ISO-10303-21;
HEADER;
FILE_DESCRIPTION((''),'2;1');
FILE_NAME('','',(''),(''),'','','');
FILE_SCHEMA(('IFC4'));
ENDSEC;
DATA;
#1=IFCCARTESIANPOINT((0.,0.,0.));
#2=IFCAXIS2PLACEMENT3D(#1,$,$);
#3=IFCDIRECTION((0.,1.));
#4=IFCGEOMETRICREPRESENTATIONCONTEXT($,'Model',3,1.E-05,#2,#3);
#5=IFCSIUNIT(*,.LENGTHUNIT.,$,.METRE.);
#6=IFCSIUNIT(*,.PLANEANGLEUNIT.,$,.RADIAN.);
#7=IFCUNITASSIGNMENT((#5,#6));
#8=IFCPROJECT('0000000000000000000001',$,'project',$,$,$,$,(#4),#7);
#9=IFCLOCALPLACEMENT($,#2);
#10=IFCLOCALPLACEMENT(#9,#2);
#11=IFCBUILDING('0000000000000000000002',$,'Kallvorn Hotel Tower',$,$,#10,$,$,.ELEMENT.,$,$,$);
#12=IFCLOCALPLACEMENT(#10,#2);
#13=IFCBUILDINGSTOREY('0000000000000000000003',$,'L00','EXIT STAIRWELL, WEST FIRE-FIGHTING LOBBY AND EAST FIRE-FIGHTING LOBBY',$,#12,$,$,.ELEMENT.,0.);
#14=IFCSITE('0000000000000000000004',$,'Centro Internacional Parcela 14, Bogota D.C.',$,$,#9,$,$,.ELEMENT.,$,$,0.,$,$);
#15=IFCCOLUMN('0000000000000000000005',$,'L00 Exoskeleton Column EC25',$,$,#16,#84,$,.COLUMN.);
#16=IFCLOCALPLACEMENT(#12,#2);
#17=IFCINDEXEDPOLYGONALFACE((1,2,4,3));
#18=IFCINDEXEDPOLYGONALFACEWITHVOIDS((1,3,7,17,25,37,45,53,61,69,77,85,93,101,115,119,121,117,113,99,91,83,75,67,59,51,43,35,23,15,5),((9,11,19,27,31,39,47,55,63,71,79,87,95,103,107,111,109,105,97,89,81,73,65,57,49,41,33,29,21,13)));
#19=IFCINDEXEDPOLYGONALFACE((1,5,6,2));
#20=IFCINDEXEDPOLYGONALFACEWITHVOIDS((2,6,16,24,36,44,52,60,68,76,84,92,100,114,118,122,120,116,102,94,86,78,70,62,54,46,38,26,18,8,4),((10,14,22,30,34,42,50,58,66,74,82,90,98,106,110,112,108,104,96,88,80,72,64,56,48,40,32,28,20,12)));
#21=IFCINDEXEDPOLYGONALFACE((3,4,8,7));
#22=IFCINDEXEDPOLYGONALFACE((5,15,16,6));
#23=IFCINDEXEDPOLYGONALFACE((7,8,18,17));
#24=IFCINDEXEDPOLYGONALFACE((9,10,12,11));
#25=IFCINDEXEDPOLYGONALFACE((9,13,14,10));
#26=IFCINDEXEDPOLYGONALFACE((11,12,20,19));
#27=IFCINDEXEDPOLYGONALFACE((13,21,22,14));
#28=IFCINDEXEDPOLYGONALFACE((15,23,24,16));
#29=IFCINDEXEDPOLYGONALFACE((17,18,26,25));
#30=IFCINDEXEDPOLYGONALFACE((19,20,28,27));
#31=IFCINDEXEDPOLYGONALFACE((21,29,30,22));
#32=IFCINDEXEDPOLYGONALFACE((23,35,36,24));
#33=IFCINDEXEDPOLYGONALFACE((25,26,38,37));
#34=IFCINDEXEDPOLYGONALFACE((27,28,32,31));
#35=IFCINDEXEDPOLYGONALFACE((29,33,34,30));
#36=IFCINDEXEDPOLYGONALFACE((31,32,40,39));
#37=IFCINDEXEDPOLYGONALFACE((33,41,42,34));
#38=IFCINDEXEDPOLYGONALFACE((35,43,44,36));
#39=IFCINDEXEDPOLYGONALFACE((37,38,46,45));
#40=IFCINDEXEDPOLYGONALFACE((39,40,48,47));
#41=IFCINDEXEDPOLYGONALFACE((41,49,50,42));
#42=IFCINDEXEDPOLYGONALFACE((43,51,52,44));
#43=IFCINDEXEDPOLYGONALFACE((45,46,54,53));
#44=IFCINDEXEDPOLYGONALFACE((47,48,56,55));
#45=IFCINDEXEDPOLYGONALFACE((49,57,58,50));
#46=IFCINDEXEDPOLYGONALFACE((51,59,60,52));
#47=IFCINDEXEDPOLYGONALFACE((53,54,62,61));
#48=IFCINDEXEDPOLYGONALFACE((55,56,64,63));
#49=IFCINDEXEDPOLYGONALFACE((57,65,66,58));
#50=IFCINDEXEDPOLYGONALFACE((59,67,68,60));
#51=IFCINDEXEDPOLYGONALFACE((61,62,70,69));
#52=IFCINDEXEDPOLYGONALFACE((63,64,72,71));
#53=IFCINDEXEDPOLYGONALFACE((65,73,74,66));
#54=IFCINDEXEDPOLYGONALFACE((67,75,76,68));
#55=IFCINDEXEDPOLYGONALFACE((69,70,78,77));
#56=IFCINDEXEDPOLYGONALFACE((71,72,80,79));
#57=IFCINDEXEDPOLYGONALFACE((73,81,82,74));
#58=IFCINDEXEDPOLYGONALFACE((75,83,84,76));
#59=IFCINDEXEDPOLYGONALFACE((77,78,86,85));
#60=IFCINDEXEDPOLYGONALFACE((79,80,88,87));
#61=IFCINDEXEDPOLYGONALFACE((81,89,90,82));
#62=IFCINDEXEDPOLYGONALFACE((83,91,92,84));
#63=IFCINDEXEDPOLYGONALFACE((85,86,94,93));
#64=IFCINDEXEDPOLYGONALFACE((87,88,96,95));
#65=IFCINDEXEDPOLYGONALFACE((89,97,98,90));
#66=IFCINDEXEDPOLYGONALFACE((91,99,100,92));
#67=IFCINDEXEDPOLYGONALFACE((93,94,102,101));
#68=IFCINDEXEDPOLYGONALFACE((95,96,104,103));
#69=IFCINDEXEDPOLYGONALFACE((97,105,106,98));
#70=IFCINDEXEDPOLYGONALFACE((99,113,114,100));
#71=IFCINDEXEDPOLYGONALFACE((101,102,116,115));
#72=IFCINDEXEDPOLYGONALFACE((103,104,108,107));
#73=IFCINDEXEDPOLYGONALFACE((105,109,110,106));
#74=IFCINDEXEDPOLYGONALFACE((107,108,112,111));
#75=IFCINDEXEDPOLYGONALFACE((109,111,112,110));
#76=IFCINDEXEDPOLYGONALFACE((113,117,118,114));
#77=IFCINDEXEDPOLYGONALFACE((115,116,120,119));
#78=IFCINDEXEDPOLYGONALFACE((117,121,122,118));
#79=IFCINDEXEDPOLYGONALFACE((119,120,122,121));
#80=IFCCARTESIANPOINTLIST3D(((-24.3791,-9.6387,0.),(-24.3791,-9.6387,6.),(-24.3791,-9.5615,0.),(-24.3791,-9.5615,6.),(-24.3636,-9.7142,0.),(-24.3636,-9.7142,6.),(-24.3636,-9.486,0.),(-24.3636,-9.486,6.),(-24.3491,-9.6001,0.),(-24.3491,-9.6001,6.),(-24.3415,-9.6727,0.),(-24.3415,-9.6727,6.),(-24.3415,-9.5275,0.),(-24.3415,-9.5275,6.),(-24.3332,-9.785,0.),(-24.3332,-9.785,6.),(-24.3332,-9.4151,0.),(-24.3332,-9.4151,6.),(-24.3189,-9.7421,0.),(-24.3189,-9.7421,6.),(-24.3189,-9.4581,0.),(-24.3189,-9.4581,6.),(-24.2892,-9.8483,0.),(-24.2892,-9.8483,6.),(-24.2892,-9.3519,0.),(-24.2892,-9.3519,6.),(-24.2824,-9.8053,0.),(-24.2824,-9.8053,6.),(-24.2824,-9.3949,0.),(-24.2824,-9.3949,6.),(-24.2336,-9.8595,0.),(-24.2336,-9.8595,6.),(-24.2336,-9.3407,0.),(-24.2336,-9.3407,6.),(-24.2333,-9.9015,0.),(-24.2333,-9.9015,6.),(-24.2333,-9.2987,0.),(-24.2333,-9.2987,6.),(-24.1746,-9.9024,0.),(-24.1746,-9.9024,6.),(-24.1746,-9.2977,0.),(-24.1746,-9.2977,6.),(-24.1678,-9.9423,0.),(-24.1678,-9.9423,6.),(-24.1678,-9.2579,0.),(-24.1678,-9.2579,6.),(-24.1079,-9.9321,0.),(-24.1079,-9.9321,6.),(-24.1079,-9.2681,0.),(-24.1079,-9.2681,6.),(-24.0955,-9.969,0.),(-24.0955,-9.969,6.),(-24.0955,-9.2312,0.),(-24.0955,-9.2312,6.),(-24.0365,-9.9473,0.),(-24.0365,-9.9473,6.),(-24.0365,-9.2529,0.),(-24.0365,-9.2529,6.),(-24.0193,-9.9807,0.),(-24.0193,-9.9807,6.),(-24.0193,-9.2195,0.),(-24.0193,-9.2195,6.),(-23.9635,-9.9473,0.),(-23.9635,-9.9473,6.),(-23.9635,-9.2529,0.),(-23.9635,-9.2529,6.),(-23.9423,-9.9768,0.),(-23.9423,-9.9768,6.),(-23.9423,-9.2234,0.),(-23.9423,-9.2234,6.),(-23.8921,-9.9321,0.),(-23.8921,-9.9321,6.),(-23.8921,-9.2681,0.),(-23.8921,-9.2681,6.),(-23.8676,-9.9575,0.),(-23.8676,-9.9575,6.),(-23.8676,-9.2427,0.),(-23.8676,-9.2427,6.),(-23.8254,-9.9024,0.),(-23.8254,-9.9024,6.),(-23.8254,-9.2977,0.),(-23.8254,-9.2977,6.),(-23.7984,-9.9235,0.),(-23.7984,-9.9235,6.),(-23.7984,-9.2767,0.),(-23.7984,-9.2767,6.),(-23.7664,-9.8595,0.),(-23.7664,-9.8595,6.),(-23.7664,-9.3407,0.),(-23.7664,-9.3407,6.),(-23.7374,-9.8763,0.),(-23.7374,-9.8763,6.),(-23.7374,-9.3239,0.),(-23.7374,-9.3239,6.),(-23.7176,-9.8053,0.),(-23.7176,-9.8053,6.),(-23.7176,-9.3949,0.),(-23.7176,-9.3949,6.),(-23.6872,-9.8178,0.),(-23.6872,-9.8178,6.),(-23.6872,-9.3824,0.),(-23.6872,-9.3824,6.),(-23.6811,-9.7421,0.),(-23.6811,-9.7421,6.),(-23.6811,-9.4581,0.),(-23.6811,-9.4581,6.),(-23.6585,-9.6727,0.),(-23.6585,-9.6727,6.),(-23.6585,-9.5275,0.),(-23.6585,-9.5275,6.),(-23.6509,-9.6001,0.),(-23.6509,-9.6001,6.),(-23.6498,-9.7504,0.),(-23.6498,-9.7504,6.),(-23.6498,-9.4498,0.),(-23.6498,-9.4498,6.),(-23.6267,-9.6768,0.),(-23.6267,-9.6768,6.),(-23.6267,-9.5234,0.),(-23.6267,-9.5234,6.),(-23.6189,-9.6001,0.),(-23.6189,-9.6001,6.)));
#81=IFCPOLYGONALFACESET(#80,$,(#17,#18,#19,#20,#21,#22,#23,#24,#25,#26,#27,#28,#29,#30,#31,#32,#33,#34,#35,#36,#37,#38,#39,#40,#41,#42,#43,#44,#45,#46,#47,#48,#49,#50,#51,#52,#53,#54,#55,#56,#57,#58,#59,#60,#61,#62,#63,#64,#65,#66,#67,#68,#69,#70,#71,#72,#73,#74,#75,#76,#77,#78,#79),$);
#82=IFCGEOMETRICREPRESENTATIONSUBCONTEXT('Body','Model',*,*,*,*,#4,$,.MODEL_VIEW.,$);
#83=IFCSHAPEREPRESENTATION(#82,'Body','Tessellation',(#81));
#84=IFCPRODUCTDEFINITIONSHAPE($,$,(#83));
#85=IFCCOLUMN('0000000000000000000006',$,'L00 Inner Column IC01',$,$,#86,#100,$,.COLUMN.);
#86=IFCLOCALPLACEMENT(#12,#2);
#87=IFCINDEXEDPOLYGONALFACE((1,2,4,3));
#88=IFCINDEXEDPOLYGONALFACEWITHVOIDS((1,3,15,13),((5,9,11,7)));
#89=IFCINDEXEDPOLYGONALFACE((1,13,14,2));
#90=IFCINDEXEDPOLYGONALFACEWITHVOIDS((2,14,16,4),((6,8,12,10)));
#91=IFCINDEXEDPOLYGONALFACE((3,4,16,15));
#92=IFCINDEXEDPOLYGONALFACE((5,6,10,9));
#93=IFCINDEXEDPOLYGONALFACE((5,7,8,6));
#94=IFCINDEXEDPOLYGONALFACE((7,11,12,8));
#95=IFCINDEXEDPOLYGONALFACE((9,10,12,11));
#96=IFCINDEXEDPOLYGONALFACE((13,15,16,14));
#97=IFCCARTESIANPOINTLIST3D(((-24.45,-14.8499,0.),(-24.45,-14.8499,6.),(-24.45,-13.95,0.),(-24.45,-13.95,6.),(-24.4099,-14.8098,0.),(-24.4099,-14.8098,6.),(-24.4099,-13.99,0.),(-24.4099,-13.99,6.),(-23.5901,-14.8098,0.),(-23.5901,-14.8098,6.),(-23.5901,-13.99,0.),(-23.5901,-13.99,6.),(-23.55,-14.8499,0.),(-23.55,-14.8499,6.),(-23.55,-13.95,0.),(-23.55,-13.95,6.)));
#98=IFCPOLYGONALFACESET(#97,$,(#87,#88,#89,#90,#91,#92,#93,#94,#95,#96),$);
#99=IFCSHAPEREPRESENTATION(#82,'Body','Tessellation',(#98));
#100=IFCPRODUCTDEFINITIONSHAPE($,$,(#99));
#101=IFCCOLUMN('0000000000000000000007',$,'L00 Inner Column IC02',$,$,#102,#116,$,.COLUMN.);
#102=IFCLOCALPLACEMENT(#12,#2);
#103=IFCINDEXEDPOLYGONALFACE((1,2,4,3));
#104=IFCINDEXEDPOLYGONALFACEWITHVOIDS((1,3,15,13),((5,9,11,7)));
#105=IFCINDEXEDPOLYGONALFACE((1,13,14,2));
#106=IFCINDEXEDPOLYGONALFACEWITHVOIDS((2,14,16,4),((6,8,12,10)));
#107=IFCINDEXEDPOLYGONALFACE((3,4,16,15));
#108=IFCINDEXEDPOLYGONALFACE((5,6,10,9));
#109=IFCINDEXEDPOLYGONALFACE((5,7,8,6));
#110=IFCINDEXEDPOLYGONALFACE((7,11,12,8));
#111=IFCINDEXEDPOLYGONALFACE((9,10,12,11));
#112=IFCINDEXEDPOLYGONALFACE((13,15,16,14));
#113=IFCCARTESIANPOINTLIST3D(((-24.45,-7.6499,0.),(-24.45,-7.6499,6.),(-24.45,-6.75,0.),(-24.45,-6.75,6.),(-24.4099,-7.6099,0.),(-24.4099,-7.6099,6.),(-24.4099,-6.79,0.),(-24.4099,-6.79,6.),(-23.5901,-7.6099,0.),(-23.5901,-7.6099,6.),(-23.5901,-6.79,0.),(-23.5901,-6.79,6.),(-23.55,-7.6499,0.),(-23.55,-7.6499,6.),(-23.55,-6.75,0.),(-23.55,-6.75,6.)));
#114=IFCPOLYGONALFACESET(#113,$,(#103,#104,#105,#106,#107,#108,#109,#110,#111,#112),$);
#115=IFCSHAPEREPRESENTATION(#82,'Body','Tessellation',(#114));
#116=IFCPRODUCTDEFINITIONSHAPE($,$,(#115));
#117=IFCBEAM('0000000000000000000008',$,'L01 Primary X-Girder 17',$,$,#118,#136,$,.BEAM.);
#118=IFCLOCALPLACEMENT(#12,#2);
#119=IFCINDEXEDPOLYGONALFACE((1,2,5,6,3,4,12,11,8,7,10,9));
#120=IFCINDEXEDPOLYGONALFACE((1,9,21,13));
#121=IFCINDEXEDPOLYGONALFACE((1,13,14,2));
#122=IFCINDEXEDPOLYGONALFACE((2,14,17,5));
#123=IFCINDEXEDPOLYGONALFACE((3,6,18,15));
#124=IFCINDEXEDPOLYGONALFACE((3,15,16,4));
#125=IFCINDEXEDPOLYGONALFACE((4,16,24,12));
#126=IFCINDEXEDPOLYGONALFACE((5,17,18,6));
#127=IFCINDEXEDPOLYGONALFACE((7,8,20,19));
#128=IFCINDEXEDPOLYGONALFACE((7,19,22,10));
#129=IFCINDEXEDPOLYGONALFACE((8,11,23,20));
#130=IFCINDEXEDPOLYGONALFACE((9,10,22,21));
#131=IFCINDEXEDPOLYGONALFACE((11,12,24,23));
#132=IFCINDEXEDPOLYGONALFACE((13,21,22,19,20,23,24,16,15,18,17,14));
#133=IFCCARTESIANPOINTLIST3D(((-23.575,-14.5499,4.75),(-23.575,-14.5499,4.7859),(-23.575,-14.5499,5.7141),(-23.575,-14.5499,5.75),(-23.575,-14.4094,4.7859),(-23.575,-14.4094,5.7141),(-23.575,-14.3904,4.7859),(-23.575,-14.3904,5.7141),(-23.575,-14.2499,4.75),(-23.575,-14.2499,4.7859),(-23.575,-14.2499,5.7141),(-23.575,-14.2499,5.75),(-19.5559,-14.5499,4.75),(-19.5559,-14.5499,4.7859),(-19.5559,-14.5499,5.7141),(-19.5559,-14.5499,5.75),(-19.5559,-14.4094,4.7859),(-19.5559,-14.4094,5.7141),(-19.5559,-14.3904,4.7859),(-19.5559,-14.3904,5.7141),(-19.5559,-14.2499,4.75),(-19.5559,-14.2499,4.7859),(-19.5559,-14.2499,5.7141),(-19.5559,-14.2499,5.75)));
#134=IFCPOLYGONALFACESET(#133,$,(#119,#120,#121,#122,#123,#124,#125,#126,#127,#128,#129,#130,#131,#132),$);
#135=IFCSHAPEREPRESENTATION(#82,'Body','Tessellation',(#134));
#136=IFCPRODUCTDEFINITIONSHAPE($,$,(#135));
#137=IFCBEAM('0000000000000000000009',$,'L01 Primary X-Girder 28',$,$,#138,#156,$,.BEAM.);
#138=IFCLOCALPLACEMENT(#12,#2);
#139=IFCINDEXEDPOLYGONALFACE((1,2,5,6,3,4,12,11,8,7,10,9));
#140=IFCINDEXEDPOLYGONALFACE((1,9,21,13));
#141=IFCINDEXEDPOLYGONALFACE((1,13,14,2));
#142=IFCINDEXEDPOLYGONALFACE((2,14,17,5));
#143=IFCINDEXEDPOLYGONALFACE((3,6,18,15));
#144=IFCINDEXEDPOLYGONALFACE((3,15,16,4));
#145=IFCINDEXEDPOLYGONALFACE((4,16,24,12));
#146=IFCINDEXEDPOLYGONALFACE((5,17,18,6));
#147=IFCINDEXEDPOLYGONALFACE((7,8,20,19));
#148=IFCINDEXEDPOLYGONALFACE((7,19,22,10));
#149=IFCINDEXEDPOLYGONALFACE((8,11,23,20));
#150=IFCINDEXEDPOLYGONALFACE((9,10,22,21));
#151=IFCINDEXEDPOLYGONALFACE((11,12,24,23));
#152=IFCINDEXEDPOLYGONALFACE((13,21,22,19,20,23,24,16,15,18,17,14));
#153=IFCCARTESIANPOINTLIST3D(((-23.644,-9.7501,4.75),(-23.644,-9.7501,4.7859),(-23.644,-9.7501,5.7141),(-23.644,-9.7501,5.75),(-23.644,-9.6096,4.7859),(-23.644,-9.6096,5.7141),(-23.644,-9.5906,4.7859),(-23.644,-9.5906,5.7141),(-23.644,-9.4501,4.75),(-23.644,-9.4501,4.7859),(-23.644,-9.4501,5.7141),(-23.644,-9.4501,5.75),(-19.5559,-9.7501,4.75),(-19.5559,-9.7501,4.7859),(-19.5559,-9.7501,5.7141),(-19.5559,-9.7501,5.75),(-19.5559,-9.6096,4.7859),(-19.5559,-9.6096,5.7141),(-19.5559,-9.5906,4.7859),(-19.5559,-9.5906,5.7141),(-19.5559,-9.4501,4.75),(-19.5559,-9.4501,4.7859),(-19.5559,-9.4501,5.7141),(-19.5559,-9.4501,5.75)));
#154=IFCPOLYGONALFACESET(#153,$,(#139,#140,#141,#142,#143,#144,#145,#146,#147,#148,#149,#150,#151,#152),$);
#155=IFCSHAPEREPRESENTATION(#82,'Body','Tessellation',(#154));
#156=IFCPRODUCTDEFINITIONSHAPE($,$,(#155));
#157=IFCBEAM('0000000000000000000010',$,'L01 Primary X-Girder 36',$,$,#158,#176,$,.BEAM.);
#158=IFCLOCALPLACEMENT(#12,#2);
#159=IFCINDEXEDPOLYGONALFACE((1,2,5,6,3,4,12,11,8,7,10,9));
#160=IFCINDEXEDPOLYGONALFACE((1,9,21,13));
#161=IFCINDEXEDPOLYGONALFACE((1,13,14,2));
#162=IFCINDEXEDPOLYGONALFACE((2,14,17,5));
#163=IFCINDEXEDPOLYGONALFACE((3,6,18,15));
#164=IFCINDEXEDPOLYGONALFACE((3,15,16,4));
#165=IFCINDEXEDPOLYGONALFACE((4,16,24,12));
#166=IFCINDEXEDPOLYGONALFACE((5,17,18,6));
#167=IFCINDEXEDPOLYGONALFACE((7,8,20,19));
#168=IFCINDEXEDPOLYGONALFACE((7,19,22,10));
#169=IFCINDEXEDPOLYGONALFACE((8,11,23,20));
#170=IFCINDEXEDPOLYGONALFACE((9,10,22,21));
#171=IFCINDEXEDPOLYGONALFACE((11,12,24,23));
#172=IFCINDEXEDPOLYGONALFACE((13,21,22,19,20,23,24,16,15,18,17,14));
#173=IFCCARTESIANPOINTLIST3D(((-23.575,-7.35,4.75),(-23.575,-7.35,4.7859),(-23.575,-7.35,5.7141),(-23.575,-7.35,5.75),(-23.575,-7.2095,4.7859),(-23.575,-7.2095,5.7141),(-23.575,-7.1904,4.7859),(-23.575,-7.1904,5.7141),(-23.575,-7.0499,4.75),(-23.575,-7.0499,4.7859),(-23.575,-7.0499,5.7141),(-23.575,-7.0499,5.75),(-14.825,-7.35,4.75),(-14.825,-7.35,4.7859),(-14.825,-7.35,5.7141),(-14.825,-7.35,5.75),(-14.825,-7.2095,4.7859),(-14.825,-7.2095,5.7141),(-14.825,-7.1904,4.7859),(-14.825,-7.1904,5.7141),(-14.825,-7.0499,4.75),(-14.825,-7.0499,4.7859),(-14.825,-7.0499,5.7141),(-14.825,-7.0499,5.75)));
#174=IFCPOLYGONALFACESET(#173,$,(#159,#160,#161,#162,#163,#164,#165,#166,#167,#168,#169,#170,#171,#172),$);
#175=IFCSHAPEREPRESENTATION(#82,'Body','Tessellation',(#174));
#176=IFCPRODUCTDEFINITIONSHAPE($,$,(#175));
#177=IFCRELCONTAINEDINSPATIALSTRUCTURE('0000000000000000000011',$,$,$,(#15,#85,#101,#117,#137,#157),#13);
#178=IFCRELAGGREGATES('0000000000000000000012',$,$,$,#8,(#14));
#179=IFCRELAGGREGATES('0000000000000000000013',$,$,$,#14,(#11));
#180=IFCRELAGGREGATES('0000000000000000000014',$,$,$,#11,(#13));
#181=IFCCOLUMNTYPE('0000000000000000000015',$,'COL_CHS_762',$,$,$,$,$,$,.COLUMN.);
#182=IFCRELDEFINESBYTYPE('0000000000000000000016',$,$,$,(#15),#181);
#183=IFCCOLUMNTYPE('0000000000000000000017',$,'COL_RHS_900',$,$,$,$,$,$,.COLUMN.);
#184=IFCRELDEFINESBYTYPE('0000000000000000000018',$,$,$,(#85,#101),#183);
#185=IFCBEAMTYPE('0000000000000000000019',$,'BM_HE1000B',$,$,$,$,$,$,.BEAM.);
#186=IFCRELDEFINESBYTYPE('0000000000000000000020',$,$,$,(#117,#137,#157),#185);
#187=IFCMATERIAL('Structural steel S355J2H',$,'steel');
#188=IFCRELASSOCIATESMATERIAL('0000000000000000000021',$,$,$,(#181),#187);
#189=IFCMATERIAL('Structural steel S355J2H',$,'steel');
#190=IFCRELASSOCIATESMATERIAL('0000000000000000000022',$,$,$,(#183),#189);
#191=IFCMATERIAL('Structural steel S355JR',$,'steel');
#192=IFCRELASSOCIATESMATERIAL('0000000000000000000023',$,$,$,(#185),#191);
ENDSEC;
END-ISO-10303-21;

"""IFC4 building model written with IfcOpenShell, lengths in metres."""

from ifc_helpers import new_model, si_unit, direction, frame, origin, origin_2d, place, context, subcontext, project, spatial, hollow_rectangle, hollow_circle, i_section, extrude, material, material_profile, profile_set, type_object, element, save


model = new_model("IFC4")

# Units and contexts
model_context = context("Model", 3, precision=1e-05, world=origin(), true_north=direction((0.0, 1.0)))
body_context = subcontext(model_context, "Body", "Model", "MODEL_VIEW")
ifc_project = project(units=[si_unit("LENGTHUNIT", "METRE"), si_unit("PLANEANGLEUNIT", "RADIAN")], contexts=[model_context])

# Site, building, storey
site_placement = place(None, origin())
site = spatial("IfcSite", under=ifc_project, at=site_placement, Name="Centro Internacional Parcela 14, Bogota D.C.", CompositionType="ELEMENT", RefElevation=0.0)
building_placement = place(site_placement, origin())
building = spatial("IfcBuilding", under=site, at=building_placement, Name="Kallvorn Hotel Tower", CompositionType="ELEMENT")
storey_placement = place(building_placement, origin())
storey = spatial("IfcBuildingStorey", under=building, at=storey_placement, Name="L00", Description="EXIT STAIRWELL, WEST FIRE-FIGHTING LOBBY AND EAST FIRE-FIGHTING LOBBY", CompositionType="ELEMENT", Elevation=0.0)

# Columns
ifc_material_1 = material(Name="Structural steel S355J2H", Category="steel")
ifc_material_profile_1 = material_profile(ifc_material_1, hollow_circle(Radius=0.3811, WallThickness=0.032, at=origin_2d()), Name="CHS 762x32")
ifc_profile_set_1 = profile_set([ifc_material_profile_1], Name="Structural steel S355J2H")
column_type_1 = type_object("IfcColumnType", Name="COL_CHS_762", PredefinedType="COLUMN", material=ifc_profile_set_1)
column_placement = place(storey_placement, frame((-24.0, -9.6001, 0.0), z_axis=(0.0, 0.0, 1.0), x_axis=(1.0, 0.0, 0.0)))
element("IfcColumn", 1, at=column_placement, inside=storey, type_object=column_type_1, Name="L00 Exoskeleton Column EC25", PredefinedType="COLUMN", context=body_context, shape_type="SweptSolid", body=[
    extrude(hollow_circle(Radius=0.3811, WallThickness=0.032, at=origin_2d()), origin(), (0.0, 0.0, 1.0), 6.0),
])
ifc_material_2 = material(Name="Structural steel S355J2H", Category="steel")
ifc_material_profile_2 = material_profile(ifc_material_2, hollow_rectangle(XDim=0.8999, YDim=0.8999, WallThickness=0.04, at=origin_2d()), Name="RHS 900x900x40")
ifc_profile_set_2 = profile_set([ifc_material_profile_2], Name="Structural steel S355J2H")
column_type_2 = type_object("IfcColumnType", Name="COL_RHS_900", PredefinedType="COLUMN", material=ifc_profile_set_2)
for number, where, z_axis, x_axis, name in (
    (2, (-24.0, -14.3999, 0.0), (0.0, 0.0, 1.0), (1.0, 0.0, 0.0), "L00 Inner Column IC01"),
    (3, (-24.0, -7.2, 0.0), (0.0, 0.0, 1.0), (1.0, 0.0, 0.0), "L00 Inner Column IC02"),
):
    element("IfcColumn", number, at=place(storey_placement, frame(where, z_axis=z_axis, x_axis=x_axis)), inside=storey, type_object=column_type_2, Name=name, PredefinedType="COLUMN", context=body_context, shape_type="SweptSolid", body=[
        extrude(hollow_rectangle(XDim=0.8999, YDim=0.8999, WallThickness=0.04, at=origin_2d()), origin(), (0.0, 0.0, 1.0), 6.0),
    ])

# Beams
ifc_material_3 = material(Name="Structural steel S355JR", Category="steel")
ifc_material_profile_3 = material_profile(ifc_material_3, i_section(OverallWidth=0.3, OverallDepth=1.0, WebThickness=0.019, FlangeThickness=0.0359, at=origin_2d()), Name="HE 1000 B")
ifc_profile_set_3 = profile_set([ifc_material_profile_3], Name="Structural steel S355JR")
beam_type_1 = type_object("IfcBeamType", Name="BM_HE1000B", PredefinedType="BEAM", material=ifc_profile_set_3)
beam_1_placement = place(storey_placement, frame((-23.575, -14.3999, 5.25), z_axis=(1.0, 0.0, 0.0), x_axis=(0.0, 1.0, 0.0)))
element("IfcBeam", 4, at=beam_1_placement, inside=storey, type_object=beam_type_1, Name="L01 Primary X-Girder 17", PredefinedType="BEAM", context=body_context, shape_type="SweptSolid", body=[
    extrude(i_section(OverallWidth=0.3, OverallDepth=1.0, WebThickness=0.019, FlangeThickness=0.0359, at=origin_2d()), origin(), (0.0, 0.0, 1.0), 4.019),
])
beam_2_placement = place(storey_placement, frame((-23.644, -9.6001, 5.25), z_axis=(1.0, 0.0, 0.0), x_axis=(0.0, 1.0, 0.0)))
element("IfcBeam", 5, at=beam_2_placement, inside=storey, type_object=beam_type_1, Name="L01 Primary X-Girder 28", PredefinedType="BEAM", context=body_context, shape_type="SweptSolid", body=[
    extrude(i_section(OverallWidth=0.3, OverallDepth=1.0, WebThickness=0.019, FlangeThickness=0.0359, at=origin_2d()), origin(), (0.0, 0.0, 1.0), 4.0881),
])
beam_3_placement = place(storey_placement, frame((-23.575, -7.2, 5.25), z_axis=(1.0, 0.0, 0.0), x_axis=(0.0, 1.0, 0.0)))
element("IfcBeam", 6, at=beam_3_placement, inside=storey, type_object=beam_type_1, Name="L01 Primary X-Girder 36", PredefinedType="BEAM", context=body_context, shape_type="SweptSolid", body=[
    extrude(i_section(OverallWidth=0.3, OverallDepth=1.0, WebThickness=0.019, FlangeThickness=0.0359, at=origin_2d()), origin(), (0.0, 0.0, 1.0), 8.75),
])

save(model, "model.ifc")
